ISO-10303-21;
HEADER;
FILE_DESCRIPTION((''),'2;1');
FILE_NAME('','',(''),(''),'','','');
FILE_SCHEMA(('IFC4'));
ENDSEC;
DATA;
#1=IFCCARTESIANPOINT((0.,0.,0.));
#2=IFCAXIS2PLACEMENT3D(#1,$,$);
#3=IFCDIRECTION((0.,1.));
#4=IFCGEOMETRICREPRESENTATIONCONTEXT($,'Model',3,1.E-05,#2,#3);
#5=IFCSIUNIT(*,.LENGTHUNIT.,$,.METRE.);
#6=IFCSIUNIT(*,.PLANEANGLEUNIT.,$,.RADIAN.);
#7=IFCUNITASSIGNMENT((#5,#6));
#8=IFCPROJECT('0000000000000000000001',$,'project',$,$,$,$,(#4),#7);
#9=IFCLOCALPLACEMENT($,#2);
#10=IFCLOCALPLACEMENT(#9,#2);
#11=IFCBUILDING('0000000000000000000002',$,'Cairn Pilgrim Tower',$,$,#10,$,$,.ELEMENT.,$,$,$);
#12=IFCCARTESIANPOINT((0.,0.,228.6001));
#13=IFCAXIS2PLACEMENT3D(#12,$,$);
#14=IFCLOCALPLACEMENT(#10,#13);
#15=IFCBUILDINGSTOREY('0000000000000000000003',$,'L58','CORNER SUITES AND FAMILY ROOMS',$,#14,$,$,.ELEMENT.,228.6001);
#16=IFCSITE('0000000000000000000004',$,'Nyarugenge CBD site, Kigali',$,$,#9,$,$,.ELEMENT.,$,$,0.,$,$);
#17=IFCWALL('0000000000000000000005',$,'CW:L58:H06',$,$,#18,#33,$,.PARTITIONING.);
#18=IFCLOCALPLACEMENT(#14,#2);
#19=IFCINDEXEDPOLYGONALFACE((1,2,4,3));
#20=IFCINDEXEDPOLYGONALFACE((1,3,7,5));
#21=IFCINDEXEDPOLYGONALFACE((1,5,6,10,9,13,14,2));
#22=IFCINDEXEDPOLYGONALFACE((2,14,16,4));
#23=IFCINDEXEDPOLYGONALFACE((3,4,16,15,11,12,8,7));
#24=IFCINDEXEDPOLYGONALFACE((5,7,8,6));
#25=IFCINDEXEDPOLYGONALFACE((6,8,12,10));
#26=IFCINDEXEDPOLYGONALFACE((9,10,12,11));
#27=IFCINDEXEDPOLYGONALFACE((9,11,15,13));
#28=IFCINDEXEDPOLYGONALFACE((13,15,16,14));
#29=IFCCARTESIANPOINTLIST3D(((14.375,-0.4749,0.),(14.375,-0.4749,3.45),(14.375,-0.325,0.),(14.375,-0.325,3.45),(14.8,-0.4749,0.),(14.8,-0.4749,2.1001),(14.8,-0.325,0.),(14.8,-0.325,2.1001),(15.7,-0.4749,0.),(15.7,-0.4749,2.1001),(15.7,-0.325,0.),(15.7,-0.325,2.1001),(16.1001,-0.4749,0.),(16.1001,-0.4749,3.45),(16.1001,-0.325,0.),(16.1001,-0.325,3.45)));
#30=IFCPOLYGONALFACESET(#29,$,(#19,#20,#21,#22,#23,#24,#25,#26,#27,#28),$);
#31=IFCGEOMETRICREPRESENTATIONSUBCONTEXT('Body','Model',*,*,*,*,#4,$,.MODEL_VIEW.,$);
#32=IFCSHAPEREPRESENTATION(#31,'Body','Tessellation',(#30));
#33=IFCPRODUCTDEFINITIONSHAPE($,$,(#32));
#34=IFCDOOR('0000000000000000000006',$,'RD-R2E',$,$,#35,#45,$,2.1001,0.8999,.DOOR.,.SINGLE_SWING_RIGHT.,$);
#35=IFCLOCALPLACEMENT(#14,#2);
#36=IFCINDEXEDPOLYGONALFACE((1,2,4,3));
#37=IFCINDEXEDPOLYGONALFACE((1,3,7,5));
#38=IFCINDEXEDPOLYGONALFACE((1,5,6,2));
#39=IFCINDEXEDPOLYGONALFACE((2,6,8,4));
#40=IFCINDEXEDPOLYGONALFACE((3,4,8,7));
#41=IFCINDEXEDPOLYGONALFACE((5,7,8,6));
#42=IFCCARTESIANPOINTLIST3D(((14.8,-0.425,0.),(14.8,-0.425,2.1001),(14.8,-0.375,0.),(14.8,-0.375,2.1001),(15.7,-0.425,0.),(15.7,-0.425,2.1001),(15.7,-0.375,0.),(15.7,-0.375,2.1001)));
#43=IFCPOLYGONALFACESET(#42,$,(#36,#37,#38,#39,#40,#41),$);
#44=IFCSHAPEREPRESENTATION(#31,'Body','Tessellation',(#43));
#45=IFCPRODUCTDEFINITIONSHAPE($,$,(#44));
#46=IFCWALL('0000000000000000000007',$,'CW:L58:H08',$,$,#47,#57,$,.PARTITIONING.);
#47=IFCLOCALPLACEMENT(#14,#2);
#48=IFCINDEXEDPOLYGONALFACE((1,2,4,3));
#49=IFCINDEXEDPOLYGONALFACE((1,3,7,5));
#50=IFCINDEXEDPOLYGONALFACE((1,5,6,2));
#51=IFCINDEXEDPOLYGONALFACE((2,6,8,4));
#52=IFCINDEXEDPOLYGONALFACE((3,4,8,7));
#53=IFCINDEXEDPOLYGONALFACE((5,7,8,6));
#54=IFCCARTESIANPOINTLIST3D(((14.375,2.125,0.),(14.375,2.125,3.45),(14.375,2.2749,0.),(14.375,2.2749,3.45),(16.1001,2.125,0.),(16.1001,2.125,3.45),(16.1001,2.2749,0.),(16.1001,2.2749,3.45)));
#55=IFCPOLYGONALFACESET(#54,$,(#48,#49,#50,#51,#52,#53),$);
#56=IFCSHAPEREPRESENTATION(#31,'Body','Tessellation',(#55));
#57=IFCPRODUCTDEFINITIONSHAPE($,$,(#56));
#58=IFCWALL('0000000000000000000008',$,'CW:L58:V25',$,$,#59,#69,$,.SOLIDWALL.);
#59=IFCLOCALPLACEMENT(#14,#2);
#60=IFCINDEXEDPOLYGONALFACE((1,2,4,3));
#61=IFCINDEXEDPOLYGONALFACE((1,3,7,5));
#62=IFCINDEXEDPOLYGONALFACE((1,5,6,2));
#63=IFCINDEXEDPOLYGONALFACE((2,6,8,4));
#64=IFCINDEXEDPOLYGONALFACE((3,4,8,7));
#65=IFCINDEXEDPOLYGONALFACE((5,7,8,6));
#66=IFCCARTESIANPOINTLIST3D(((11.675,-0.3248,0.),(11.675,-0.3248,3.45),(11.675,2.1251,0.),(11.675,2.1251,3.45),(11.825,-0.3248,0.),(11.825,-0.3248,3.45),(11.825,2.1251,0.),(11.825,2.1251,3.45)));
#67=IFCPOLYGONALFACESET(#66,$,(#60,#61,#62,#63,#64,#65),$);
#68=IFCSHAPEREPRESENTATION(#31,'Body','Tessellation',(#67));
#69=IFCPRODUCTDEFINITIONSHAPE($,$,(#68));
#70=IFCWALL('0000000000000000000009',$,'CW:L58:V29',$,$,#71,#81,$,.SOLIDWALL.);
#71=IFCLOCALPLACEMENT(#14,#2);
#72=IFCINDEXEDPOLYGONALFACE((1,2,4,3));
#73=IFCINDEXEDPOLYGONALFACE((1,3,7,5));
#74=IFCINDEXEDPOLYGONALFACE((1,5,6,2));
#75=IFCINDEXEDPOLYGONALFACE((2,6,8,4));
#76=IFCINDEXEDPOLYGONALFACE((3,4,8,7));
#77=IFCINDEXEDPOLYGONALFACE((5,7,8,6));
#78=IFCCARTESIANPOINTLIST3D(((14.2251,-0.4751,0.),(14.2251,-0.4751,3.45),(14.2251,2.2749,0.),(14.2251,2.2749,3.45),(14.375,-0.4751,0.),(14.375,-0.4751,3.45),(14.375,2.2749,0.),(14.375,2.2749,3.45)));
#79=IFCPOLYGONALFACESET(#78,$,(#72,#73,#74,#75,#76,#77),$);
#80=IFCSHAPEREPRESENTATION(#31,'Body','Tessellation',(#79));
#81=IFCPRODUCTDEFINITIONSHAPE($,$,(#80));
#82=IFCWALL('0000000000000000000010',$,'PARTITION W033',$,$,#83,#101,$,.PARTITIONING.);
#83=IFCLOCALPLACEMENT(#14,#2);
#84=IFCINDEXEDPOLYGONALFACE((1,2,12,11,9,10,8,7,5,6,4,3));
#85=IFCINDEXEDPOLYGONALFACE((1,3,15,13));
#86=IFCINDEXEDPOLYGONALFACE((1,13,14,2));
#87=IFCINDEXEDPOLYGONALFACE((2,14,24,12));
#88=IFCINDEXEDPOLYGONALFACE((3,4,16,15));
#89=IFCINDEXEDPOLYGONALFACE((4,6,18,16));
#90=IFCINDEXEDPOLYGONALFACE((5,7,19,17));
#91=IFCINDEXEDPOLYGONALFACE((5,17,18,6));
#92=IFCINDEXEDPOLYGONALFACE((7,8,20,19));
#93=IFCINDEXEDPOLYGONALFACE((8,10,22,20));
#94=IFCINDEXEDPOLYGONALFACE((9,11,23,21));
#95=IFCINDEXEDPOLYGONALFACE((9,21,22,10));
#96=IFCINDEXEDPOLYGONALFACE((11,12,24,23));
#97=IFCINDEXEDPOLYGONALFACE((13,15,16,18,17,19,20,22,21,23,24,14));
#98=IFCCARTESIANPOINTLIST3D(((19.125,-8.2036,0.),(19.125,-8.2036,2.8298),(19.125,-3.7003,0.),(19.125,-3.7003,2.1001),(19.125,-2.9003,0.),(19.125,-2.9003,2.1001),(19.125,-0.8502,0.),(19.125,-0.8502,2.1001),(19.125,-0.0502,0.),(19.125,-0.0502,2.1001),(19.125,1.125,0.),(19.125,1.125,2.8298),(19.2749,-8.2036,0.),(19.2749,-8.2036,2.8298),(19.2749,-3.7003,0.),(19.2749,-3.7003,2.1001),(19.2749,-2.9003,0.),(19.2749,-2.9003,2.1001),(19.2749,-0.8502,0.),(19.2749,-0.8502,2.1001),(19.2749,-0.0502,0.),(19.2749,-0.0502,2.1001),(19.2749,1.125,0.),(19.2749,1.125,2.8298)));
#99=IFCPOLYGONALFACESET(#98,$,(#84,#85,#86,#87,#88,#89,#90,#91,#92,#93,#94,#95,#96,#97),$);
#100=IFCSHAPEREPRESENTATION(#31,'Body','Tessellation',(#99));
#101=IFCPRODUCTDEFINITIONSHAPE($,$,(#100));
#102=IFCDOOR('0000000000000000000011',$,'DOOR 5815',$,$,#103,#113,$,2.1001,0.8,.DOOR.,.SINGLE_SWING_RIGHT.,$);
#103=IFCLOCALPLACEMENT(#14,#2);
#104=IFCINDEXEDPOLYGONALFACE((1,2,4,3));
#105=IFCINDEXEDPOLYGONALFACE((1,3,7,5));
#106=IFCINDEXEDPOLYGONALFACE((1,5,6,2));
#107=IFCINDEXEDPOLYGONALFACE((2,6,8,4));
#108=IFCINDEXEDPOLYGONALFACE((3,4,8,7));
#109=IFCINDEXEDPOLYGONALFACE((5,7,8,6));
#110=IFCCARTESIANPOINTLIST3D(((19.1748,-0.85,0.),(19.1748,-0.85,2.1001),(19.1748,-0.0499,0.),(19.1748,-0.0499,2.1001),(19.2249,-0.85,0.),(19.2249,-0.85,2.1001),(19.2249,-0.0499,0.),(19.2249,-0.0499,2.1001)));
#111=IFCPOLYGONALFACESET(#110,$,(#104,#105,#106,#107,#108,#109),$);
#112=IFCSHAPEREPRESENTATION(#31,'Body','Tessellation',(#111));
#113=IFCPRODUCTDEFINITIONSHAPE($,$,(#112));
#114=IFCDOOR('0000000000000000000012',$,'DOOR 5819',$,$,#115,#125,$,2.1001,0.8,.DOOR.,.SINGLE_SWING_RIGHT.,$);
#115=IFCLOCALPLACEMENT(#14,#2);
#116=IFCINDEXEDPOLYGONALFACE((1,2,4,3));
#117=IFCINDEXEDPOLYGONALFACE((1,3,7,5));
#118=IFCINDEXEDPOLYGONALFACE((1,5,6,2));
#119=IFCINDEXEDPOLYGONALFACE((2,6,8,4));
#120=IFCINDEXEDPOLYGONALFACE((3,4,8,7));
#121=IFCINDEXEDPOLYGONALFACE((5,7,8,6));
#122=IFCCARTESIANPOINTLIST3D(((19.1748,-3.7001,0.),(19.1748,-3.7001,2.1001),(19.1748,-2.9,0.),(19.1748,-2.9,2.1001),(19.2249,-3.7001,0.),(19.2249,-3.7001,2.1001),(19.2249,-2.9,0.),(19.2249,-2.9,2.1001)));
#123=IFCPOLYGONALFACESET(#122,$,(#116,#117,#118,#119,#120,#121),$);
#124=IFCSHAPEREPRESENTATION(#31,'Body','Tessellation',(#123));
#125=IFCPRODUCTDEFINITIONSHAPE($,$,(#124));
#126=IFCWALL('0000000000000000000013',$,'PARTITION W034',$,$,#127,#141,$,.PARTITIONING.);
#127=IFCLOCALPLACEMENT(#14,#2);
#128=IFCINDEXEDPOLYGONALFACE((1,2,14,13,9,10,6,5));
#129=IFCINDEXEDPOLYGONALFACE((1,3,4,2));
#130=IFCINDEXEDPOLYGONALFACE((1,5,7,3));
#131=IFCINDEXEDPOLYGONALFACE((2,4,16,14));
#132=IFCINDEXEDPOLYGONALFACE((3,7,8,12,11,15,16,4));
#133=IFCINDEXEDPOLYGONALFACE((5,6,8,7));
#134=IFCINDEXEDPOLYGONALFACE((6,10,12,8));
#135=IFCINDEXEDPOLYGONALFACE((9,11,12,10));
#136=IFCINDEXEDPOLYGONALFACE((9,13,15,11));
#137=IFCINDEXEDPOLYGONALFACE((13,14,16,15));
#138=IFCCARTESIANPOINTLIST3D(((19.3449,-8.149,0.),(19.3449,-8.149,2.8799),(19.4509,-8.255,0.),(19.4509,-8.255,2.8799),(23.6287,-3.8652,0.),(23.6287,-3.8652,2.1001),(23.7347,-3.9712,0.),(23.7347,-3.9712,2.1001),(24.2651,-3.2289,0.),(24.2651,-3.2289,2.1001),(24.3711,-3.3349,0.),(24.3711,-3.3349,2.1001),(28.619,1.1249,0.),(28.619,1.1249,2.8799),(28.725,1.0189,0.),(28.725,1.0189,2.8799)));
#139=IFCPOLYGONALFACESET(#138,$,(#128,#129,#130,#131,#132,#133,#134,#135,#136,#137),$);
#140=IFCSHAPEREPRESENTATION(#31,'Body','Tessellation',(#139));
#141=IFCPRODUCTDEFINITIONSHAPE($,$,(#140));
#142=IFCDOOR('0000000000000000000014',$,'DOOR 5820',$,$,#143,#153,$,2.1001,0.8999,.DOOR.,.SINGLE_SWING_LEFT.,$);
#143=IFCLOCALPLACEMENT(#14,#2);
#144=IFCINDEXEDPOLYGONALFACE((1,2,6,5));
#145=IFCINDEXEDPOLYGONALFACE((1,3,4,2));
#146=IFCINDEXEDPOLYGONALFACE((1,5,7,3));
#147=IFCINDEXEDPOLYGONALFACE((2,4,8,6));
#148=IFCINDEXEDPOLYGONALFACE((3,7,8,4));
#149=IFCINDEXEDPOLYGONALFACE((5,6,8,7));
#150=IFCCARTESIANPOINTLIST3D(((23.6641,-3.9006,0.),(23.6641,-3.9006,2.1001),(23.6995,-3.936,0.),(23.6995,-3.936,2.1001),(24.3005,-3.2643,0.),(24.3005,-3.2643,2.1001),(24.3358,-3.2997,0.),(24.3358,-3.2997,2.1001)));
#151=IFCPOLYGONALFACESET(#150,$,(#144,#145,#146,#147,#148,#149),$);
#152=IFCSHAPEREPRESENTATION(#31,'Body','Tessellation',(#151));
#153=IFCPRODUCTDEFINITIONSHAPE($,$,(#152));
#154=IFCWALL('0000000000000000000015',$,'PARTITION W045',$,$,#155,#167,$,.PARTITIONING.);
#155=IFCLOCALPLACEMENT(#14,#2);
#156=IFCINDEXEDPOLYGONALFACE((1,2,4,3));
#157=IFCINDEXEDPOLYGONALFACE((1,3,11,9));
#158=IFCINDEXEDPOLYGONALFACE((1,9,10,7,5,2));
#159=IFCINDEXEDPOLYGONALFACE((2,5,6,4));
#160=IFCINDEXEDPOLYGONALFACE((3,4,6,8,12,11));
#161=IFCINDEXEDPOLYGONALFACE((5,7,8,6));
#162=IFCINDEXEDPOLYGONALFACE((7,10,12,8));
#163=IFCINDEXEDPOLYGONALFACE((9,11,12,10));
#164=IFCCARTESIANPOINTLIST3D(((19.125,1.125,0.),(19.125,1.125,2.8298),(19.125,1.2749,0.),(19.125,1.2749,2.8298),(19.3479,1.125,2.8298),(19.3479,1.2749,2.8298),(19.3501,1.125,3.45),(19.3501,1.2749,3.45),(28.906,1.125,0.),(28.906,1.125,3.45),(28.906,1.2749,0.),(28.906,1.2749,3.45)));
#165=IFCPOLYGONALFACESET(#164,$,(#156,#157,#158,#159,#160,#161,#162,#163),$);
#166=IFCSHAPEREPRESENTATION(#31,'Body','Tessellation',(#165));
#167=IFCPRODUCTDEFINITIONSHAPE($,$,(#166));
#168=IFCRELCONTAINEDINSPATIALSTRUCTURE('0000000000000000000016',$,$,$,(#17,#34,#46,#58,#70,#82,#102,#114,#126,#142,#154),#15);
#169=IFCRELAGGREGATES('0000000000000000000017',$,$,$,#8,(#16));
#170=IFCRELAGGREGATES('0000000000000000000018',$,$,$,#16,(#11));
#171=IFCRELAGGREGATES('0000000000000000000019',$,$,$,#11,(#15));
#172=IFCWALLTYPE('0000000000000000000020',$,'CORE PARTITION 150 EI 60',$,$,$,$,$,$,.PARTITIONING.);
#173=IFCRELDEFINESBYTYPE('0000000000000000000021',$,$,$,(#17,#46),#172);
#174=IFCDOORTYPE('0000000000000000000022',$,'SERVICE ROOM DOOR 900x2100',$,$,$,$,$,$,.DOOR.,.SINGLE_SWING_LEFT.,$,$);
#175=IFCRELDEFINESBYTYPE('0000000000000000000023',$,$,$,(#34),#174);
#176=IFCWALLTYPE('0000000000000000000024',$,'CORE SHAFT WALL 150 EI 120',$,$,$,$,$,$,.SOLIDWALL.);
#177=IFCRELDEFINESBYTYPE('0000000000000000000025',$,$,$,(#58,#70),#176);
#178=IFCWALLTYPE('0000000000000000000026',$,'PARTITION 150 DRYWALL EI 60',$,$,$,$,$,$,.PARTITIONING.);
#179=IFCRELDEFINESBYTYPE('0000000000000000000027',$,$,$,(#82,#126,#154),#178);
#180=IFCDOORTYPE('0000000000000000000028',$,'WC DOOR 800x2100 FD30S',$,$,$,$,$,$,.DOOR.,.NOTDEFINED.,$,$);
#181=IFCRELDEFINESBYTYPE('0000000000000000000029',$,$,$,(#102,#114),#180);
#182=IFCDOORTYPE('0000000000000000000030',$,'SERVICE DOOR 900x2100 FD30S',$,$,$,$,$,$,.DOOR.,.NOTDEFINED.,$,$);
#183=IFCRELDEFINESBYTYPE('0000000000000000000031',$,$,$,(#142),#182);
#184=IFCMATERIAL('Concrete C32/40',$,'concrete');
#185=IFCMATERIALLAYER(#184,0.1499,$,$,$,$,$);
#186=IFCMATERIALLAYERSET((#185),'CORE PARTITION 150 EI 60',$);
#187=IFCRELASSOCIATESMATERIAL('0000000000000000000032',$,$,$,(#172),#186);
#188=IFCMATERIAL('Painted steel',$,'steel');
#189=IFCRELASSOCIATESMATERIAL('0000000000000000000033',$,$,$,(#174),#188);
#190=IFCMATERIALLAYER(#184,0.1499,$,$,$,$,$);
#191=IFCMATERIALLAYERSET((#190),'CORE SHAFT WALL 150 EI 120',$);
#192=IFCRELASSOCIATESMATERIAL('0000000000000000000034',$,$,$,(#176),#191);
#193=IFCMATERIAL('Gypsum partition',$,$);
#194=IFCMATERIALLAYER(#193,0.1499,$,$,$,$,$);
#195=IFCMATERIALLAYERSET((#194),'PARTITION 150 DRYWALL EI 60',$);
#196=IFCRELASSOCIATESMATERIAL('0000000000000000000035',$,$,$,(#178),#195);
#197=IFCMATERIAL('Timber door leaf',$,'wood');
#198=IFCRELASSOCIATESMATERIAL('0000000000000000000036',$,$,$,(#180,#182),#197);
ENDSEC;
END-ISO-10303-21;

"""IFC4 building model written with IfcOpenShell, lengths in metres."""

from ifc_helpers import new_model, si_unit, direction, frame, frame_2d, origin, place, context, subcontext, project, spatial, polyline, rectangle, outline, extrude, material, layer, layer_set, type_object, element, fill, save


model = new_model("IFC4")

# Units and contexts
model_context = context("Model", 3, precision=1e-05, world=origin(), true_north=direction((0.0, 1.0)))
body_context = subcontext(model_context, "Body", "Model", "MODEL_VIEW")
ifc_project = project(units=[si_unit("LENGTHUNIT", "METRE"), si_unit("PLANEANGLEUNIT", "RADIAN")], contexts=[model_context])

# Site, building, storey
site_placement = place(None, origin())
site = spatial("IfcSite", under=ifc_project, at=site_placement, Name="Nyarugenge CBD site, Kigali", CompositionType="ELEMENT", RefElevation=0.0)
building_placement = place(site_placement, origin())
building = spatial("IfcBuilding", under=site, at=building_placement, Name="Cairn Pilgrim Tower", CompositionType="ELEMENT")
storey_placement = place(building_placement, frame((0.0, 0.0, 228.6001)))
storey = spatial("IfcBuildingStorey", under=building, at=storey_placement, Name="L58", Description="CORNER SUITES AND FAMILY ROOMS", CompositionType="ELEMENT", Elevation=228.6001)

# Shared definitions
ifc_material_1 = material(Name="Concrete C32/40", Category="concrete")

# Shared definitions
ifc_material_2 = material(Name="Painted steel", Category="steel")

# Wall, opening, door
ifc_layer_1 = layer(ifc_material_1, 0.1499)
ifc_layer_set_1 = layer_set([ifc_layer_1], Name="CORE PARTITION 150 EI 60")
wall_type_1 = type_object("IfcWallType", Name="CORE PARTITION 150 EI 60", PredefinedType="PARTITIONING", material=ifc_layer_set_1)
wall_1_placement = place(storey_placement, frame((14.375, -0.3999, 0.0), z_axis=(0.0, 0.0, 1.0), x_axis=(1.0, 0.0, 0.0)))
wall_1 = element("IfcWall", 1, at=wall_1_placement, inside=storey, type_object=wall_type_1, Name="CW:L58:H06", PredefinedType="PARTITIONING", context=body_context, shape_type="SweptSolid", body=[
    extrude(rectangle(XDim=1.7251, YDim=0.1499, at=frame_2d((0.8625, 0.0))), origin(), (0.0, 0.0, 1.0), 3.45),
])
opening_1_placement = place(wall_1_placement, frame((0.425, 0.0, 0.0)))
opening_1 = element("IfcOpeningElement", 2, at=opening_1_placement, cuts=wall_1, PredefinedType="OPENING", context=body_context, shape_type="SweptSolid", body=[
    extrude(rectangle(XDim=0.8999, YDim=2.1001, at=frame_2d((0.45, 1.05))), frame((0.0, 0.085, 0.0), z_axis=(0.0, -1.0, 0.0), x_axis=(1.0, 0.0, 0.0)), (0.0, 0.0, 1.0), 0.1699),
])
door_type_1 = type_object("IfcDoorType", Name="SERVICE ROOM DOOR 900x2100", OperationType="SINGLE_SWING_LEFT", PredefinedType="DOOR", material=ifc_material_2)
door_1_placement = place(opening_1_placement, origin())
door_1 = element("IfcDoor", 3, at=door_1_placement, inside=storey, type_object=door_type_1, Name="RD-R2E", OperationType="SINGLE_SWING_RIGHT", OverallHeight=2.1001, OverallWidth=0.8999, PredefinedType="DOOR", context=body_context, shape_type="SweptSolid", body=[
    extrude(rectangle(XDim=0.8999, YDim=2.1001, at=frame_2d((0.45, 1.05))), frame((0.0, 0.0249, 0.0), z_axis=(0.0, -1.0, 0.0), x_axis=(1.0, 0.0, 0.0)), (0.0, 0.0, 1.0), 0.05),
])
fill(opening_1, door_1)

# Walls
wall_2_placement = place(storey_placement, frame((14.375, 2.2, 0.0), z_axis=(0.0, 0.0, 1.0), x_axis=(1.0, 0.0, 0.0)))
element("IfcWall", 4, at=wall_2_placement, inside=storey, type_object=wall_type_1, Name="CW:L58:H08", PredefinedType="PARTITIONING", context=body_context, shape_type="SweptSolid", body=[
    extrude(rectangle(XDim=1.7251, YDim=0.1499, at=frame_2d((0.8625, 0.0))), origin(), (0.0, 0.0, 1.0), 3.45),
])
ifc_layer_2 = layer(ifc_material_1, 0.1499)
ifc_layer_set_2 = layer_set([ifc_layer_2], Name="CORE SHAFT WALL 150 EI 120")
wall_type_2 = type_object("IfcWallType", Name="CORE SHAFT WALL 150 EI 120", PredefinedType="SOLIDWALL", material=ifc_layer_set_2)
wall_3_placement = place(storey_placement, frame((11.75, -0.325, 0.0), z_axis=(0.0, 0.0, 1.0), x_axis=(0.0, 1.0, 0.0)))
element("IfcWall", 5, at=wall_3_placement, inside=storey, type_object=wall_type_2, Name="CW:L58:V25", PredefinedType="SOLIDWALL", context=body_context, shape_type="SweptSolid", body=[
    extrude(rectangle(XDim=2.45, YDim=0.1499, at=frame_2d((1.2251, 0.0))), origin(), (0.0, 0.0, 1.0), 3.45),
])
wall_4_placement = place(storey_placement, frame((14.3, -0.4751, 0.0), z_axis=(0.0, 0.0, 1.0), x_axis=(0.0, 1.0, 0.0)))
element("IfcWall", 6, at=wall_4_placement, inside=storey, type_object=wall_type_2, Name="CW:L58:V29", PredefinedType="SOLIDWALL", context=body_context, shape_type="SweptSolid", body=[
    extrude(rectangle(XDim=2.75, YDim=0.1499, at=frame_2d((1.375, 0.0))), origin(), (0.0, 0.0, 1.0), 3.45),
])

# Wall, openings, doors
ifc_material_3 = material(Name="Gypsum partition")
ifc_layer_3 = layer(ifc_material_3, 0.1499)
ifc_layer_set_3 = layer_set([ifc_layer_3], Name="PARTITION 150 DRYWALL EI 60")
wall_type_3 = type_object("IfcWallType", Name="PARTITION 150 DRYWALL EI 60", PredefinedType="PARTITIONING", material=ifc_layer_set_3)
wall_5_placement = place(storey_placement, frame((19.2, -8.2036, 0.0), z_axis=(0.0, 0.0, 1.0), x_axis=(0.0, 1.0, 0.0)))
wall_5 = element("IfcWall", 7, at=wall_5_placement, inside=storey, type_object=wall_type_3, Name="PARTITION W033", PredefinedType="PARTITIONING", context=body_context, shape_type="SweptSolid", body=[
    extrude(rectangle(XDim=9.3286, YDim=0.1499, at=frame_2d((4.6643, 0.0))), origin(), (0.0, 0.0, 1.0), 2.8298),
])
opening_2_placement = place(wall_5_placement, frame((7.3535, 0.0, 0.0)))
opening_2 = element("IfcOpeningElement", 8, at=opening_2_placement, cuts=wall_5, PredefinedType="OPENING", context=body_context, shape_type="SweptSolid", body=[
    extrude(rectangle(XDim=0.8, YDim=2.1001, at=frame_2d((0.3999, 1.05))), frame((0.0, 0.085, 0.0), z_axis=(0.0, -1.0, 0.0), x_axis=(1.0, 0.0, 0.0)), (0.0, 0.0, 1.0), 0.1699),
])
opening_3_placement = place(wall_5_placement, frame((4.5034, 0.0, 0.0)))
opening_3 = element("IfcOpeningElement", 9, at=opening_3_placement, cuts=wall_5, PredefinedType="OPENING", context=body_context, shape_type="SweptSolid", body=[
    extrude(rectangle(XDim=0.8, YDim=2.1001, at=frame_2d((0.3999, 1.05))), frame((0.0, 0.085, 0.0), z_axis=(0.0, -1.0, 0.0), x_axis=(1.0, 0.0, 0.0)), (0.0, 0.0, 1.0), 0.1699),
])
ifc_material_4 = material(Name="Timber door leaf", Category="wood")
door_type_2 = type_object("IfcDoorType", Name="WC DOOR 800x2100 FD30S", OperationType="NOTDEFINED", PredefinedType="DOOR", material=ifc_material_4)
door_2_placement = place(opening_2_placement, frame((0.8, 0.0, 0.0), z_axis=(0.0, 0.0, 1.0), x_axis=(-1.0, 0.0, 0.0)))
door_2 = element("IfcDoor", 10, at=door_2_placement, inside=storey, type_object=door_type_2, Name="DOOR 5815", OperationType="SINGLE_SWING_RIGHT", OverallHeight=2.1001, OverallWidth=0.8, PredefinedType="DOOR", context=body_context, shape_type="SweptSolid", body=[
    extrude(rectangle(XDim=0.8, YDim=2.1001, at=frame_2d((0.3999, 1.05))), frame((0.0, 0.0249, 0.0), z_axis=(0.0, -1.0, 0.0), x_axis=(1.0, 0.0, 0.0)), (0.0, 0.0, 1.0), 0.05),
])
fill(opening_2, door_2)
door_3_placement = place(opening_3_placement, frame((0.8, 0.0, 0.0), z_axis=(0.0, 0.0, 1.0), x_axis=(-1.0, 0.0, 0.0)))
door_3 = element("IfcDoor", 11, at=door_3_placement, inside=storey, type_object=door_type_2, Name="DOOR 5819", OperationType="SINGLE_SWING_RIGHT", OverallHeight=2.1001, OverallWidth=0.8, PredefinedType="DOOR", context=body_context, shape_type="SweptSolid", body=[
    extrude(rectangle(XDim=0.8, YDim=2.1001, at=frame_2d((0.3999, 1.05))), frame((0.0, 0.0249, 0.0), z_axis=(0.0, -1.0, 0.0), x_axis=(1.0, 0.0, 0.0)), (0.0, 0.0, 1.0), 0.05),
])
fill(opening_3, door_3)

# Wall, opening, door
wall_6_placement = place(storey_placement, frame((19.3979, -8.2019, 0.0), z_axis=(0.0, 0.0, 1.0), x_axis=(0.707116, 0.707097, 0.0)))
wall_6 = element("IfcWall", 12, at=wall_6_placement, inside=storey, type_object=wall_type_3, Name="PARTITION W034", PredefinedType="PARTITIONING", context=body_context, shape_type="SweptSolid", body=[
    extrude(rectangle(XDim=13.1155, YDim=0.1499, at=frame_2d((6.5576, 0.0))), origin(), (0.0, 0.0, 1.0), 2.8799),
])
opening_4_placement = place(wall_6_placement, frame((6.0581, 0.0, 0.0)))
opening_4 = element("IfcOpeningElement", 13, at=opening_4_placement, cuts=wall_6, PredefinedType="OPENING", context=body_context, shape_type="SweptSolid", body=[
    extrude(rectangle(XDim=0.8999, YDim=2.1001, at=frame_2d((0.45, 1.05))), frame((0.0, 0.085, 0.0), z_axis=(0.0, -1.0, 0.0), x_axis=(1.0, 0.0, 0.0)), (0.0, 0.0, 1.0), 0.1699),
])
door_type_3 = type_object("IfcDoorType", Name="SERVICE DOOR 900x2100 FD30S", OperationType="NOTDEFINED", PredefinedType="DOOR", material=ifc_material_4)
door_4_placement = place(opening_4_placement, origin())
door_4 = element("IfcDoor", 14, at=door_4_placement, inside=storey, type_object=door_type_3, Name="DOOR 5820", OperationType="SINGLE_SWING_LEFT", OverallHeight=2.1001, OverallWidth=0.8999, PredefinedType="DOOR", context=body_context, shape_type="SweptSolid", body=[
    extrude(rectangle(XDim=0.8999, YDim=2.1001, at=frame_2d((0.45, 1.05))), frame((0.0, 0.0249, 0.0), z_axis=(0.0, -1.0, 0.0), x_axis=(1.0, 0.0, 0.0)), (0.0, 0.0, 1.0), 0.05),
])
fill(opening_4, door_4)

# Wall
wall_7_placement = place(storey_placement, frame((19.125, 1.2, 0.0), z_axis=(0.0, 0.0, 1.0), x_axis=(1.0, 0.0, 0.0)))
element("IfcWall", 15, at=wall_7_placement, inside=storey, type_object=wall_type_3, Name="PARTITION W045", PredefinedType="PARTITIONING", context=body_context, shape_type="SweptSolid", body=[
    extrude(outline(polyline([(0.0, 0.0), (9.781, 0.0), (9.781, 3.45), (0.2251, 3.45), (0.2229, 2.8298), (0.0, 2.8298), (0.0, 0.0)])), frame((0.0, 0.075, 0.0), z_axis=(0.0, -1.0, 0.0), x_axis=(1.0, 0.0, 0.0)), (0.0, 0.0, 1.0), 0.1499),
])

save(model, "model.ifc")
